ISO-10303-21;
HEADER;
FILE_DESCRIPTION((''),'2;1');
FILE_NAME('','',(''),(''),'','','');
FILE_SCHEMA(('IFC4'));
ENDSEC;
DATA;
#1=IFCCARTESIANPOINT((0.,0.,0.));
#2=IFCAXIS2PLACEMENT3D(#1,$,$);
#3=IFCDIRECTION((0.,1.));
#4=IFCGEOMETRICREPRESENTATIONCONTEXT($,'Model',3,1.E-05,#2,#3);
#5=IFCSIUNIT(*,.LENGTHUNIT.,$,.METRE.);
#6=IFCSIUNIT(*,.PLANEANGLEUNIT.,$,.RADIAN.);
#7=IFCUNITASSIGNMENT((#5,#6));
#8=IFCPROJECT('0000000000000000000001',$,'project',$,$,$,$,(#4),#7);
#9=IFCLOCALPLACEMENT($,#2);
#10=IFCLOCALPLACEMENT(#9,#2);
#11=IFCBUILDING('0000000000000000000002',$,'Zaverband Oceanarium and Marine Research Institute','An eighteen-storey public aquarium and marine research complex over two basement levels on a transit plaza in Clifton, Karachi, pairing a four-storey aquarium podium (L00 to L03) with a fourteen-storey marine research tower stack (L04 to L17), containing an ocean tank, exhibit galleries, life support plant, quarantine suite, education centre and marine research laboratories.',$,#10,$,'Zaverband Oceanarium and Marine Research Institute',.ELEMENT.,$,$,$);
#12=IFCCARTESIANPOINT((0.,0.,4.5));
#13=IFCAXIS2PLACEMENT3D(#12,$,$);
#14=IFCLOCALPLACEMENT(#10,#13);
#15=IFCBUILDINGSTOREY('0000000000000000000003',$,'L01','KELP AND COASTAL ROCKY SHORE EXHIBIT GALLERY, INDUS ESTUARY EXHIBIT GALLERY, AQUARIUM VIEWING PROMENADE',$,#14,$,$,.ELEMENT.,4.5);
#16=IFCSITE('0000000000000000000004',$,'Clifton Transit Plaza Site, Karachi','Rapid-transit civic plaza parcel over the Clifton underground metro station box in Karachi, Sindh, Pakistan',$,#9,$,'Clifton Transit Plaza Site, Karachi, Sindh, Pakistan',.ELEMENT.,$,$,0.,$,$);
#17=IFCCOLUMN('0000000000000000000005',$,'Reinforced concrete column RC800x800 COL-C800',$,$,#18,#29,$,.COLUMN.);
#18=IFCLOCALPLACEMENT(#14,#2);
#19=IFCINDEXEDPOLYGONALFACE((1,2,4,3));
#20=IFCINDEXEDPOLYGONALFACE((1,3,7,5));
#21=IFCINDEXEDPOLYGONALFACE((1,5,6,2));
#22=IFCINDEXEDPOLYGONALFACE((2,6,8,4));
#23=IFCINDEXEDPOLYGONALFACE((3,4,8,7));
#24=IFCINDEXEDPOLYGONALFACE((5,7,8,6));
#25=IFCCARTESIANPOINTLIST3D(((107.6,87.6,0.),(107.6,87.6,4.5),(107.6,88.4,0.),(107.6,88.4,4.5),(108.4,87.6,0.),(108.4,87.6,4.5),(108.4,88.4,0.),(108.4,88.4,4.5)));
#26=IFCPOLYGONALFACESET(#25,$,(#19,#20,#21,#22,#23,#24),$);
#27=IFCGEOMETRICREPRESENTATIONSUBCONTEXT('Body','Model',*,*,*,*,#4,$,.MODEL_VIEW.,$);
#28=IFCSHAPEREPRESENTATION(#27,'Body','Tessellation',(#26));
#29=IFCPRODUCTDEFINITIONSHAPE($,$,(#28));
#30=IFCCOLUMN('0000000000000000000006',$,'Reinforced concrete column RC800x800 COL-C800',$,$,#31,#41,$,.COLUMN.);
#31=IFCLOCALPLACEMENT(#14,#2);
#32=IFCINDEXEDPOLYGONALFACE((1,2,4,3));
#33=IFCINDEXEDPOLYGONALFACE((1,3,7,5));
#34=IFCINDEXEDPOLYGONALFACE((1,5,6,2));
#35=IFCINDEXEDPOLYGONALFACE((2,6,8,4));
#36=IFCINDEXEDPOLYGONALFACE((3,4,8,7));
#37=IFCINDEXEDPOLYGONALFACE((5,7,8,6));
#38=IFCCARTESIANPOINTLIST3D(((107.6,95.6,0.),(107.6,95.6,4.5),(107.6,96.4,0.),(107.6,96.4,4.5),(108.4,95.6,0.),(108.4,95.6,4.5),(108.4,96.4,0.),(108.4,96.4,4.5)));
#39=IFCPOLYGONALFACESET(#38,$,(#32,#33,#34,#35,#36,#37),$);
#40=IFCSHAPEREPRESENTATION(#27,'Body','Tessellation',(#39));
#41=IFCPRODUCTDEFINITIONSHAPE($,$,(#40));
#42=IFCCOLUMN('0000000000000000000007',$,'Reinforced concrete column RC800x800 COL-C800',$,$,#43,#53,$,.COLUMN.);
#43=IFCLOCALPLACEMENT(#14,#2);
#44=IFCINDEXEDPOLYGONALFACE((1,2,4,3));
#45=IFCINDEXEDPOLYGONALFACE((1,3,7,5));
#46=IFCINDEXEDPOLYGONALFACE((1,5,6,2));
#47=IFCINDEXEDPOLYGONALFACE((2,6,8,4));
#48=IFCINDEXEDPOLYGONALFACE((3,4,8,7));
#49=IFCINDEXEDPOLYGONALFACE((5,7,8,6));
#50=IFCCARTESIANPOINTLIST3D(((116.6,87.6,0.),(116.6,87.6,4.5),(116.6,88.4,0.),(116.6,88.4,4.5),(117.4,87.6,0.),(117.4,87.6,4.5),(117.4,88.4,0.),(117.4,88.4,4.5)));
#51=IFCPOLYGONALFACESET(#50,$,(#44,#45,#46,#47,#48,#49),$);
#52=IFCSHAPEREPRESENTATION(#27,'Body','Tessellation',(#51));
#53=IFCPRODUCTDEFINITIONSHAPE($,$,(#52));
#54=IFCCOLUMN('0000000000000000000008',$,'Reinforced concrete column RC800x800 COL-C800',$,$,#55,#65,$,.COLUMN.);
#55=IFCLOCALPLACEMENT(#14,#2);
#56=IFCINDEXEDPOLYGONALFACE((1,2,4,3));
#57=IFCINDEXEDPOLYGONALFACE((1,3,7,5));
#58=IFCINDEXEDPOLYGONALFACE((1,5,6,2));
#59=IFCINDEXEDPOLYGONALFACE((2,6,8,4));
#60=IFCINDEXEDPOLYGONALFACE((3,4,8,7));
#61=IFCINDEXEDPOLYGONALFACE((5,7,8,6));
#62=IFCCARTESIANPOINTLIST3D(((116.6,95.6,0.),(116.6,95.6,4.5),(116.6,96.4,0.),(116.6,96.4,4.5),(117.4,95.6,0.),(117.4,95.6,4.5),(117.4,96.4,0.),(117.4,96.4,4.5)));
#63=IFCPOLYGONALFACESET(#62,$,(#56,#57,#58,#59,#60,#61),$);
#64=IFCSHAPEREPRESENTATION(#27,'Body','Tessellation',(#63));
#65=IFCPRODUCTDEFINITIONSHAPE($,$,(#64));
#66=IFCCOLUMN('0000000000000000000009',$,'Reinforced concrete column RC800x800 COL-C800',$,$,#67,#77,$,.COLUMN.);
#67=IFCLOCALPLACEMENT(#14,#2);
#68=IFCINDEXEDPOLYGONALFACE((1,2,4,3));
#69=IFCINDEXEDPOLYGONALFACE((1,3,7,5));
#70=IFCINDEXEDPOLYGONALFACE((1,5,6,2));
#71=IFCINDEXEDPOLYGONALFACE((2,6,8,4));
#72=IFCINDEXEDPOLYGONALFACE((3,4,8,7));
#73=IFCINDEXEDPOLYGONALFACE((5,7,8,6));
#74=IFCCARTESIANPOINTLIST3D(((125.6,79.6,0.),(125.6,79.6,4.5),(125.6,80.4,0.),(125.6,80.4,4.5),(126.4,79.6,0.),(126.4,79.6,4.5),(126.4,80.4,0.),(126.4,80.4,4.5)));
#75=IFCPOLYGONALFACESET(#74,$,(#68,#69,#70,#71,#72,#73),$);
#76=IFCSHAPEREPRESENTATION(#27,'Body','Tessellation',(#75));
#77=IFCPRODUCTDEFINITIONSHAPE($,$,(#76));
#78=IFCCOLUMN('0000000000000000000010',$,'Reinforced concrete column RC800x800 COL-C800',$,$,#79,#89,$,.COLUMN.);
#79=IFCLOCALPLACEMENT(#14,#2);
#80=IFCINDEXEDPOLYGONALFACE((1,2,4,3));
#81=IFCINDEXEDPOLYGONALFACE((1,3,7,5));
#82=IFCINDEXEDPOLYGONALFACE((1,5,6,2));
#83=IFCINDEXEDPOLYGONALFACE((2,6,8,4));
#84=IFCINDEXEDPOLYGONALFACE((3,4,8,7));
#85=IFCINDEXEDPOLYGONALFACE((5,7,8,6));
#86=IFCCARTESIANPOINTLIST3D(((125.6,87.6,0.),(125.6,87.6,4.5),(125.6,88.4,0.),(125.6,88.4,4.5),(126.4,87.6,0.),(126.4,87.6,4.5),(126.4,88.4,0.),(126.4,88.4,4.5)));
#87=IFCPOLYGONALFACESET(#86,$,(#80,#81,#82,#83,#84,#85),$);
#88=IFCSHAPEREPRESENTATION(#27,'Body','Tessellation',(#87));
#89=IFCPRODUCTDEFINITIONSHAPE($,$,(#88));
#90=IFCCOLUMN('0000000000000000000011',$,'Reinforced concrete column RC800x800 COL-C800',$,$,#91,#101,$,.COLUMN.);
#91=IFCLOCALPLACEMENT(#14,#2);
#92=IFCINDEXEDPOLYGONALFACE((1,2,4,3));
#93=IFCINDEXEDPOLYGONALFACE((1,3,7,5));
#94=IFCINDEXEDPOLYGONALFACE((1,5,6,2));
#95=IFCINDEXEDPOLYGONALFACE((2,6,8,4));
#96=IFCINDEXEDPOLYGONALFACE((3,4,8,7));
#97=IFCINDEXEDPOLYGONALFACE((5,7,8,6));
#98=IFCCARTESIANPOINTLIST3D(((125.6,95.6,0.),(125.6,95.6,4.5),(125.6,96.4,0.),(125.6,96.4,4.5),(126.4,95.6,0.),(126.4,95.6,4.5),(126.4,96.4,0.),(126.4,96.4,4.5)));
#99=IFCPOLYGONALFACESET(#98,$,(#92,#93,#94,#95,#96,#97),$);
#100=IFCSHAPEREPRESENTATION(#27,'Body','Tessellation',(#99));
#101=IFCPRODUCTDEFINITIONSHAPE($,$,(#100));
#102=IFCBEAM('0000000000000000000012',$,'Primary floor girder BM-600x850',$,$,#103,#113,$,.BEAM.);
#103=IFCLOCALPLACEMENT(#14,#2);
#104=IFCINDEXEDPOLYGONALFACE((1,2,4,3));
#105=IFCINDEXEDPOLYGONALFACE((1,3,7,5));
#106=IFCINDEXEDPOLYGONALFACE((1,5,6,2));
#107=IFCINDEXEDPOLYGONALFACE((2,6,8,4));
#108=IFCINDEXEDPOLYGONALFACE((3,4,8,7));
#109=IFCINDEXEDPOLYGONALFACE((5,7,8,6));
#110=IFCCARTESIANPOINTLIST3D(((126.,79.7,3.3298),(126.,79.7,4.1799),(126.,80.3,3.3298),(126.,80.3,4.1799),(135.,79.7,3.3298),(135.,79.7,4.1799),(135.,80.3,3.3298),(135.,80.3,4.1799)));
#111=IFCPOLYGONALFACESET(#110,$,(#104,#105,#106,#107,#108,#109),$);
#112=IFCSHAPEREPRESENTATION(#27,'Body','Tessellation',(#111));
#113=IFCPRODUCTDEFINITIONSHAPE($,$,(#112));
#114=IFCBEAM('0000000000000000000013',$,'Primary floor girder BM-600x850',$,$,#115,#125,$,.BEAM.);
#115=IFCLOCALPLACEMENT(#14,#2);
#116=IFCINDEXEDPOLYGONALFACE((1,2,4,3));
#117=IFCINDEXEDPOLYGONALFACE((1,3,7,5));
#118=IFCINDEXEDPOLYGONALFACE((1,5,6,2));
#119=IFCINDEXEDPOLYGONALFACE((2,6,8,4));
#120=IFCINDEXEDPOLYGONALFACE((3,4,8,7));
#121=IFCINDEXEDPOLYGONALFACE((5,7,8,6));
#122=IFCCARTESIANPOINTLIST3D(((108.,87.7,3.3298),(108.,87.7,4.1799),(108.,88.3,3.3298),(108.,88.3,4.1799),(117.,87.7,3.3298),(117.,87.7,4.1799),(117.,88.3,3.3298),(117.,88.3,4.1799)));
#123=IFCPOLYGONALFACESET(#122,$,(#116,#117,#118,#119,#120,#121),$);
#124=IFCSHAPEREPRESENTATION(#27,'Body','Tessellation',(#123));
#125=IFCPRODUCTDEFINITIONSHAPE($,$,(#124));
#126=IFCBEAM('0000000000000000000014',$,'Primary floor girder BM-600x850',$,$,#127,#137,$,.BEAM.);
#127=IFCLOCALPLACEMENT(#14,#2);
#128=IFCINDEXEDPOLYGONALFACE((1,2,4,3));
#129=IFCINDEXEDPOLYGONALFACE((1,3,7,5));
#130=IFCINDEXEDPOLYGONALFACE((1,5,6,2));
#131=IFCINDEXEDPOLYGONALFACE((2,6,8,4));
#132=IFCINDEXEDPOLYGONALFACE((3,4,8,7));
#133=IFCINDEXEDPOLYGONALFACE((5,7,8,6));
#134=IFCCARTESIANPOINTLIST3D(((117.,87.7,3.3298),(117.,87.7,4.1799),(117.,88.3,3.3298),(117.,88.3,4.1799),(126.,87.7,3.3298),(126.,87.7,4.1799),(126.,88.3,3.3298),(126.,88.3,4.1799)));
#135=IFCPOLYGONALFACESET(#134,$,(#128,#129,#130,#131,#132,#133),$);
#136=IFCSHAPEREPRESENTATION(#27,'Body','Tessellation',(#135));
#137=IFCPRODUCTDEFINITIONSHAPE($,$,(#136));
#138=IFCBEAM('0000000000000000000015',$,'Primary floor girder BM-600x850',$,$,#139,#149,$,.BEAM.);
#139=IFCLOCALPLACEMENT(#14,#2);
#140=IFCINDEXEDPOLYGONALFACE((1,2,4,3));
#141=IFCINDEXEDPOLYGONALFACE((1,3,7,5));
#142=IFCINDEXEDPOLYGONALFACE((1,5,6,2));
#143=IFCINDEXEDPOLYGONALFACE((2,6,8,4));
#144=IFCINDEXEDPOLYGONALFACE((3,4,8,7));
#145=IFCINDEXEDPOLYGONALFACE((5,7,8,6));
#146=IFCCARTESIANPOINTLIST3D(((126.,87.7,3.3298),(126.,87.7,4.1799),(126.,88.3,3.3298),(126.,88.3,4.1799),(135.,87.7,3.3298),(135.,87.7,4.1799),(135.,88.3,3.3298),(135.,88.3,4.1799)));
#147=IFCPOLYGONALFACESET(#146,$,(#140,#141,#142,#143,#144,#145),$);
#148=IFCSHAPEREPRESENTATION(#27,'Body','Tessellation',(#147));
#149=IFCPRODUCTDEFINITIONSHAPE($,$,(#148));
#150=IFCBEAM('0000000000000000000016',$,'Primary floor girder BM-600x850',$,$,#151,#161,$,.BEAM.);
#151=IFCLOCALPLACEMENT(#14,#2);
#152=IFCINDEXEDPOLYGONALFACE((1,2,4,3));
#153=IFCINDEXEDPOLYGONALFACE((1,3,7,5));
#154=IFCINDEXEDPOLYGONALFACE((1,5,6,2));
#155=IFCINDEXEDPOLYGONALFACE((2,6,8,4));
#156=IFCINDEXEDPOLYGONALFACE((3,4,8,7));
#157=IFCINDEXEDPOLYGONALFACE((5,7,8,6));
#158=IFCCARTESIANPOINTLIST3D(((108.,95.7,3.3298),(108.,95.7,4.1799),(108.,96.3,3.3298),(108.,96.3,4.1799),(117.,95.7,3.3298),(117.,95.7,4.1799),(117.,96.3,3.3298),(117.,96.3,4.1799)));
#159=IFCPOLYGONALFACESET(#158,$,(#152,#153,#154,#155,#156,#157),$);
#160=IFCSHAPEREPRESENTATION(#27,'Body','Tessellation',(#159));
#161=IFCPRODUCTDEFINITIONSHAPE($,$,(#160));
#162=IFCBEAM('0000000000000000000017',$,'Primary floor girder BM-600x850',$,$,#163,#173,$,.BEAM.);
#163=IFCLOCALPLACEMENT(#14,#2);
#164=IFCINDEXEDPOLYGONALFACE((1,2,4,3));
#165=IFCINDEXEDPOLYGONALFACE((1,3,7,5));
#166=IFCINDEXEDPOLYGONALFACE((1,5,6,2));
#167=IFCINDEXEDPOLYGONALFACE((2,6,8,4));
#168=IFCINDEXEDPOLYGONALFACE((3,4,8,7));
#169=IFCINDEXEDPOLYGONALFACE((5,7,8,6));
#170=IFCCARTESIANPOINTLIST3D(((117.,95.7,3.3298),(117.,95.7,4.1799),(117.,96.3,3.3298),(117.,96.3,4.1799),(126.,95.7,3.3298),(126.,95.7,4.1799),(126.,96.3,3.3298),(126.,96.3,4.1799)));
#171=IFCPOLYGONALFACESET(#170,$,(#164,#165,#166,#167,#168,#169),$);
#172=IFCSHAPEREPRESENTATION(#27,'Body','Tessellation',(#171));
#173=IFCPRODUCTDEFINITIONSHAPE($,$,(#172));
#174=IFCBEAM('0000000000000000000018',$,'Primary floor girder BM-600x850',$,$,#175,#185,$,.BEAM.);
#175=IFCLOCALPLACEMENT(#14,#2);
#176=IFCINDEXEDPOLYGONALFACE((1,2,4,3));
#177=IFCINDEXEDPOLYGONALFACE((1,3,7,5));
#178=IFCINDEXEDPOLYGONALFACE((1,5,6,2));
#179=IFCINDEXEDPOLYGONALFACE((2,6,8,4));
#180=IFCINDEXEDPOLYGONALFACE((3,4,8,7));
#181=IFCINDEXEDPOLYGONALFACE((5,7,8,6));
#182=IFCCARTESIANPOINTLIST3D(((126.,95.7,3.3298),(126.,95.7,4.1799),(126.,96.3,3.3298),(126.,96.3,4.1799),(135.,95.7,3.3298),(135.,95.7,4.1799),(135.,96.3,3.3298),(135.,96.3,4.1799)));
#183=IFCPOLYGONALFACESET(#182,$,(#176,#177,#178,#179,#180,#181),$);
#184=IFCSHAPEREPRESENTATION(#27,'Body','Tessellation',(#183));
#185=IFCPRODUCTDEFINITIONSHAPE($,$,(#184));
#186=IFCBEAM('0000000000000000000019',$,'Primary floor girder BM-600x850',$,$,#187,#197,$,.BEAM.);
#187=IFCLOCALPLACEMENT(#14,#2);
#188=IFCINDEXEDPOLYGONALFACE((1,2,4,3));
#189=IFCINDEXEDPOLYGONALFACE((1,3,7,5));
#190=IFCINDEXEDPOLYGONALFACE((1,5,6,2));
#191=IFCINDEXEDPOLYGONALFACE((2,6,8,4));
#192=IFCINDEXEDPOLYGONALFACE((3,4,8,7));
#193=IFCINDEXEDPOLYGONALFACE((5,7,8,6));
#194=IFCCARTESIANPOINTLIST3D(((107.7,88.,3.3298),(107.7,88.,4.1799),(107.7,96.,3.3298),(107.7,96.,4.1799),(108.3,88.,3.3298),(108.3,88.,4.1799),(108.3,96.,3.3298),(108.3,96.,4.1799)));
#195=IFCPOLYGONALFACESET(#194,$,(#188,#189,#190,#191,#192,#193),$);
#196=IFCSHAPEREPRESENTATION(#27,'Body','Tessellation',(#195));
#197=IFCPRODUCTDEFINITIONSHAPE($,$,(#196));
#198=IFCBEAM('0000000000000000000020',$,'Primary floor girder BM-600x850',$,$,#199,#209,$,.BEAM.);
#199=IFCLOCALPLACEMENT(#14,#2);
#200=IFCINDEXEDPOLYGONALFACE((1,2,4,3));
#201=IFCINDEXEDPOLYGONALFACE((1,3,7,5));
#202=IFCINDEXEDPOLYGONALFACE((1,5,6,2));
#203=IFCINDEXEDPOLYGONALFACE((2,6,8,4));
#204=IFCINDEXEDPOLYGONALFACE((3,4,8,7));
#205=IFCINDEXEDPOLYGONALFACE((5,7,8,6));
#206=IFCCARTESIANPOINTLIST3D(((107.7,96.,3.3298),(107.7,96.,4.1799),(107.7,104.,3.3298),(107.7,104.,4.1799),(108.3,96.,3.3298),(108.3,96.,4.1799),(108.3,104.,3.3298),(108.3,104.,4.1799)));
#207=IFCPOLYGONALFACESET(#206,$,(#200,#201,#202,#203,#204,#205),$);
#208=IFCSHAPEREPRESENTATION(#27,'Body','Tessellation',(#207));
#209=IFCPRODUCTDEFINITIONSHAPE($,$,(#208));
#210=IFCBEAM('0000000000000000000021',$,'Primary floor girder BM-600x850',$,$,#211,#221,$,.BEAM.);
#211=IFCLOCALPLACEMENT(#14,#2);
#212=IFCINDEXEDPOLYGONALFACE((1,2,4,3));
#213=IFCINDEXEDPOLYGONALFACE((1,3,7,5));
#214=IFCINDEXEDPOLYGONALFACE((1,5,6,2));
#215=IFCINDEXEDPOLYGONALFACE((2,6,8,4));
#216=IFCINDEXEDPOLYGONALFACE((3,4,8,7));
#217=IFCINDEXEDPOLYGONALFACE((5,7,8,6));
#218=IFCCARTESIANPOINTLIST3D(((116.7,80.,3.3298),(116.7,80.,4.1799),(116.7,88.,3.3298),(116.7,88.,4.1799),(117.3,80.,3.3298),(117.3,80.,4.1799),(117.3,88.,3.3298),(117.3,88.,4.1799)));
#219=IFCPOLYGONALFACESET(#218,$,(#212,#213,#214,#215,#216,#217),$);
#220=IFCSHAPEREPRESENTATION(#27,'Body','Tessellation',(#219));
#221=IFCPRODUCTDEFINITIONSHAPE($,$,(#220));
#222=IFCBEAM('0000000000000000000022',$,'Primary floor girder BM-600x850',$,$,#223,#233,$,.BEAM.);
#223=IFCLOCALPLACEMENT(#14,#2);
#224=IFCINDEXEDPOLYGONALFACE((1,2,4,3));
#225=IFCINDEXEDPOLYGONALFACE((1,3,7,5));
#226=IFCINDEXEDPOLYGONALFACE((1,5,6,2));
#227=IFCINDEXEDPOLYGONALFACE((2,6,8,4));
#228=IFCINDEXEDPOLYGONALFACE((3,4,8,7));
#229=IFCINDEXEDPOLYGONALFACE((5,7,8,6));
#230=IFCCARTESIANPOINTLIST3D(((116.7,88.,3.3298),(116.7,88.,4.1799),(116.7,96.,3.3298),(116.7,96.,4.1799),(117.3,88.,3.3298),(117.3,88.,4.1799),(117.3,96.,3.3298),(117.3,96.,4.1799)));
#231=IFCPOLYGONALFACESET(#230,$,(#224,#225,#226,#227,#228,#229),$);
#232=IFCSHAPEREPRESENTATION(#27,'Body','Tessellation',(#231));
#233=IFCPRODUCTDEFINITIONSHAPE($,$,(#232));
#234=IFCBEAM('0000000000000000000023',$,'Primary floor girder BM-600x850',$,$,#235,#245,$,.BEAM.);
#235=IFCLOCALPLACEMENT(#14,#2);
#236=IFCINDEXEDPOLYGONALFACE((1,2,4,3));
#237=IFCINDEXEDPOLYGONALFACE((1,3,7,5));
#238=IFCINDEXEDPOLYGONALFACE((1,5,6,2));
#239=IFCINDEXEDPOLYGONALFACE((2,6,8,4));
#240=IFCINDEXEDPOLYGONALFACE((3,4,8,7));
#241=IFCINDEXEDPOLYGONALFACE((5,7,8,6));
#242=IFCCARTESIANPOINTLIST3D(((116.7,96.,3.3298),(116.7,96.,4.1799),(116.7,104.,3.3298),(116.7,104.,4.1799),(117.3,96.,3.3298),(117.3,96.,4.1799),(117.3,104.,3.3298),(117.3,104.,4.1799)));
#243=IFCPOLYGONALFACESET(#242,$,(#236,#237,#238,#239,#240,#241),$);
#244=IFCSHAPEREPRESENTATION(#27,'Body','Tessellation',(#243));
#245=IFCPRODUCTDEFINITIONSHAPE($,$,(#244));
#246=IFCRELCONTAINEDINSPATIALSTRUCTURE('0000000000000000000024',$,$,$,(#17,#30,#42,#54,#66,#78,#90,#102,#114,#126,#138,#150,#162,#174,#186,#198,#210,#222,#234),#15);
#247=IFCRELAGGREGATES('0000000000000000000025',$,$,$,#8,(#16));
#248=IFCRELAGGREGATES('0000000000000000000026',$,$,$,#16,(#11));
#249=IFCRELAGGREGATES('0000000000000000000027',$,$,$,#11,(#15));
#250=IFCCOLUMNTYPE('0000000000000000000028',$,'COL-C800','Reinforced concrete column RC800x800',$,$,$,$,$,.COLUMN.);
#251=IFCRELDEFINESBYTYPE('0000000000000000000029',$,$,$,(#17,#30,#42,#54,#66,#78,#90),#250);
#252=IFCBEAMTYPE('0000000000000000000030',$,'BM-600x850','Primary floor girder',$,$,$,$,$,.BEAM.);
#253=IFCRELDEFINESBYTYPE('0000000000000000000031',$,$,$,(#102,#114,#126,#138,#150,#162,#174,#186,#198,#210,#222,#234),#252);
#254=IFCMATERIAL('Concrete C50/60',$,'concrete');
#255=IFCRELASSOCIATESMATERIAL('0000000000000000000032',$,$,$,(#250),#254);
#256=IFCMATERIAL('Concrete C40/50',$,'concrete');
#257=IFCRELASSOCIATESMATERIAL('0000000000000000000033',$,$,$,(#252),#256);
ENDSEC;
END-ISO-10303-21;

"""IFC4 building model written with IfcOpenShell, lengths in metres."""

from ifc_helpers import new_model, si_unit, direction, frame, origin, origin_2d, place, context, subcontext, project, spatial, rectangle, extrude, material, material_profile, profile_set, type_object, element, save


model = new_model("IFC4")

# Units and contexts
model_context = context("Model", 3, precision=1e-05, world=origin(), true_north=direction((0.0, 1.0)))
body_context = subcontext(model_context, "Body", "Model", "MODEL_VIEW")
ifc_project = project(units=[si_unit("LENGTHUNIT", "METRE"), si_unit("PLANEANGLEUNIT", "RADIAN")], contexts=[model_context])

# Site, building, storey
site_placement = place(None, origin())
site = spatial("IfcSite", under=ifc_project, at=site_placement, Name="Clifton Transit Plaza Site, Karachi", Description="Rapid-transit civic plaza parcel over the Clifton underground metro station box in Karachi, Sindh, Pakistan", LongName="Clifton Transit Plaza Site, Karachi, Sindh, Pakistan", CompositionType="ELEMENT", RefElevation=0.0)
building_placement = place(site_placement, origin())
building = spatial("IfcBuilding", under=site, at=building_placement, Name="Zaverband Oceanarium and Marine Research Institute", Description="An eighteen-storey public aquarium and marine research complex over two basement levels on a transit plaza in Clifton, Karachi, pairing a four-storey aquarium podium (L00 to L03) with a fourteen-storey marine research tower stack (L04 to L17), containing an ocean tank, exhibit galleries, life support plant, quarantine suite, education centre and marine research laboratories.", LongName="Zaverband Oceanarium and Marine Research Institute", CompositionType="ELEMENT")
storey_placement = place(building_placement, frame((0.0, 0.0, 4.5)))
storey = spatial("IfcBuildingStorey", under=building, at=storey_placement, Name="L01", Description="KELP AND COASTAL ROCKY SHORE EXHIBIT GALLERY, INDUS ESTUARY EXHIBIT GALLERY, AQUARIUM VIEWING PROMENADE", CompositionType="ELEMENT", Elevation=4.5)

# Columns
ifc_material_1 = material(Name="Concrete C50/60", Category="concrete")
ifc_material_profile_1 = material_profile(ifc_material_1, rectangle(XDim=0.8, YDim=0.8, at=origin_2d()), Name="RC800x800")
ifc_profile_set_1 = profile_set([ifc_material_profile_1], Name="Concrete C50/60")
column_type = type_object("IfcColumnType", Name="COL-C800", Description="Reinforced concrete column RC800x800", PredefinedType="COLUMN", material=ifc_profile_set_1)
for number, where, z_axis, x_axis, name in (
    (1, (108.0, 88.0, 0.0), (0.0, 0.0, 1.0), (1.0, 0.0, 0.0), "Reinforced concrete column RC800x800 COL-C800"),
    (2, (108.0, 96.0, 0.0), (0.0, 0.0, 1.0), (1.0, 0.0, 0.0), "Reinforced concrete column RC800x800 COL-C800"),
    (3, (117.0, 88.0, 0.0), (0.0, 0.0, 1.0), (1.0, 0.0, 0.0), "Reinforced concrete column RC800x800 COL-C800"),
    (4, (117.0, 96.0, 0.0), (0.0, 0.0, 1.0), (1.0, 0.0, 0.0), "Reinforced concrete column RC800x800 COL-C800"),
    (5, (126.0, 80.0, 0.0), (0.0, 0.0, 1.0), (1.0, 0.0, 0.0), "Reinforced concrete column RC800x800 COL-C800"),
    (6, (126.0, 88.0, 0.0), (0.0, 0.0, 1.0), (1.0, 0.0, 0.0), "Reinforced concrete column RC800x800 COL-C800"),
    (7, (126.0, 96.0, 0.0), (0.0, 0.0, 1.0), (1.0, 0.0, 0.0), "Reinforced concrete column RC800x800 COL-C800"),
):
    element("IfcColumn", number, at=place(storey_placement, frame(where, z_axis=z_axis, x_axis=x_axis)), inside=storey, type_object=column_type, Name=name, PredefinedType="COLUMN", context=body_context, shape_type="SweptSolid", body=[
        extrude(rectangle(XDim=0.8, YDim=0.8, at=origin_2d()), origin(), (0.0, 0.0, 1.0), 4.5),
    ])

# Beams
ifc_material_2 = material(Name="Concrete C40/50", Category="concrete")
ifc_material_profile_2 = material_profile(ifc_material_2, rectangle(XDim=0.6001, YDim=0.8501, at=origin_2d()), Name="RC600x850")
ifc_profile_set_2 = profile_set([ifc_material_profile_2], Name="Concrete C40/50")
beam_type_1 = type_object("IfcBeamType", Name="BM-600x850", Description="Primary floor girder", PredefinedType="BEAM", material=ifc_profile_set_2)
for number, where, z_axis, x_axis, name in (
    (8, (126.0, 80.0, 3.7549), (1.0, 0.0, 0.0), (0.0, 1.0, 0.0), "Primary floor girder BM-600x850"),
    (9, (108.0, 88.0, 3.7549), (1.0, 0.0, 0.0), (0.0, 1.0, 0.0), "Primary floor girder BM-600x850"),
    (10, (117.0, 88.0, 3.7549), (1.0, 0.0, 0.0), (0.0, 1.0, 0.0), "Primary floor girder BM-600x850"),
    (11, (126.0, 88.0, 3.7549), (1.0, 0.0, 0.0), (0.0, 1.0, 0.0), "Primary floor girder BM-600x850"),
    (12, (108.0, 96.0, 3.7549), (1.0, 0.0, 0.0), (0.0, 1.0, 0.0), "Primary floor girder BM-600x850"),
    (13, (117.0, 96.0, 3.7549), (1.0, 0.0, 0.0), (0.0, 1.0, 0.0), "Primary floor girder BM-600x850"),
    (14, (126.0, 96.0, 3.7549), (1.0, 0.0, 0.0), (0.0, 1.0, 0.0), "Primary floor girder BM-600x850"),
):
    element("IfcBeam", number, at=place(storey_placement, frame(where, z_axis=z_axis, x_axis=x_axis)), inside=storey, type_object=beam_type_1, Name=name, PredefinedType="BEAM", context=body_context, shape_type="SweptSolid", body=[
        extrude(rectangle(XDim=0.6001, YDim=0.8501, at=origin_2d()), origin(), (0.0, 0.0, 1.0), 9.0),
    ])
for number, where, z_axis, x_axis, name in (
    (15, (108.0, 88.0, 3.7549), (0.0, 1.0, 0.0), (-1.0, 0.0, 0.0), "Primary floor girder BM-600x850"),
    (16, (108.0, 96.0, 3.7549), (0.0, 1.0, 0.0), (-1.0, 0.0, 0.0), "Primary floor girder BM-600x850"),
    (17, (117.0, 80.0, 3.7549), (0.0, 1.0, 0.0), (-1.0, 0.0, 0.0), "Primary floor girder BM-600x850"),
    (18, (117.0, 88.0, 3.7549), (0.0, 1.0, 0.0), (-1.0, 0.0, 0.0), "Primary floor girder BM-600x850"),
    (19, (117.0, 96.0, 3.7549), (0.0, 1.0, 0.0), (-1.0, 0.0, 0.0), "Primary floor girder BM-600x850"),
):
    element("IfcBeam", number, at=place(storey_placement, frame(where, z_axis=z_axis, x_axis=x_axis)), inside=storey, type_object=beam_type_1, Name=name, PredefinedType="BEAM", context=body_context, shape_type="SweptSolid", body=[
        extrude(rectangle(XDim=0.6001, YDim=0.8501, at=origin_2d()), origin(), (0.0, 0.0, 1.0), 8.0),
    ])

save(model, "model.ifc")
